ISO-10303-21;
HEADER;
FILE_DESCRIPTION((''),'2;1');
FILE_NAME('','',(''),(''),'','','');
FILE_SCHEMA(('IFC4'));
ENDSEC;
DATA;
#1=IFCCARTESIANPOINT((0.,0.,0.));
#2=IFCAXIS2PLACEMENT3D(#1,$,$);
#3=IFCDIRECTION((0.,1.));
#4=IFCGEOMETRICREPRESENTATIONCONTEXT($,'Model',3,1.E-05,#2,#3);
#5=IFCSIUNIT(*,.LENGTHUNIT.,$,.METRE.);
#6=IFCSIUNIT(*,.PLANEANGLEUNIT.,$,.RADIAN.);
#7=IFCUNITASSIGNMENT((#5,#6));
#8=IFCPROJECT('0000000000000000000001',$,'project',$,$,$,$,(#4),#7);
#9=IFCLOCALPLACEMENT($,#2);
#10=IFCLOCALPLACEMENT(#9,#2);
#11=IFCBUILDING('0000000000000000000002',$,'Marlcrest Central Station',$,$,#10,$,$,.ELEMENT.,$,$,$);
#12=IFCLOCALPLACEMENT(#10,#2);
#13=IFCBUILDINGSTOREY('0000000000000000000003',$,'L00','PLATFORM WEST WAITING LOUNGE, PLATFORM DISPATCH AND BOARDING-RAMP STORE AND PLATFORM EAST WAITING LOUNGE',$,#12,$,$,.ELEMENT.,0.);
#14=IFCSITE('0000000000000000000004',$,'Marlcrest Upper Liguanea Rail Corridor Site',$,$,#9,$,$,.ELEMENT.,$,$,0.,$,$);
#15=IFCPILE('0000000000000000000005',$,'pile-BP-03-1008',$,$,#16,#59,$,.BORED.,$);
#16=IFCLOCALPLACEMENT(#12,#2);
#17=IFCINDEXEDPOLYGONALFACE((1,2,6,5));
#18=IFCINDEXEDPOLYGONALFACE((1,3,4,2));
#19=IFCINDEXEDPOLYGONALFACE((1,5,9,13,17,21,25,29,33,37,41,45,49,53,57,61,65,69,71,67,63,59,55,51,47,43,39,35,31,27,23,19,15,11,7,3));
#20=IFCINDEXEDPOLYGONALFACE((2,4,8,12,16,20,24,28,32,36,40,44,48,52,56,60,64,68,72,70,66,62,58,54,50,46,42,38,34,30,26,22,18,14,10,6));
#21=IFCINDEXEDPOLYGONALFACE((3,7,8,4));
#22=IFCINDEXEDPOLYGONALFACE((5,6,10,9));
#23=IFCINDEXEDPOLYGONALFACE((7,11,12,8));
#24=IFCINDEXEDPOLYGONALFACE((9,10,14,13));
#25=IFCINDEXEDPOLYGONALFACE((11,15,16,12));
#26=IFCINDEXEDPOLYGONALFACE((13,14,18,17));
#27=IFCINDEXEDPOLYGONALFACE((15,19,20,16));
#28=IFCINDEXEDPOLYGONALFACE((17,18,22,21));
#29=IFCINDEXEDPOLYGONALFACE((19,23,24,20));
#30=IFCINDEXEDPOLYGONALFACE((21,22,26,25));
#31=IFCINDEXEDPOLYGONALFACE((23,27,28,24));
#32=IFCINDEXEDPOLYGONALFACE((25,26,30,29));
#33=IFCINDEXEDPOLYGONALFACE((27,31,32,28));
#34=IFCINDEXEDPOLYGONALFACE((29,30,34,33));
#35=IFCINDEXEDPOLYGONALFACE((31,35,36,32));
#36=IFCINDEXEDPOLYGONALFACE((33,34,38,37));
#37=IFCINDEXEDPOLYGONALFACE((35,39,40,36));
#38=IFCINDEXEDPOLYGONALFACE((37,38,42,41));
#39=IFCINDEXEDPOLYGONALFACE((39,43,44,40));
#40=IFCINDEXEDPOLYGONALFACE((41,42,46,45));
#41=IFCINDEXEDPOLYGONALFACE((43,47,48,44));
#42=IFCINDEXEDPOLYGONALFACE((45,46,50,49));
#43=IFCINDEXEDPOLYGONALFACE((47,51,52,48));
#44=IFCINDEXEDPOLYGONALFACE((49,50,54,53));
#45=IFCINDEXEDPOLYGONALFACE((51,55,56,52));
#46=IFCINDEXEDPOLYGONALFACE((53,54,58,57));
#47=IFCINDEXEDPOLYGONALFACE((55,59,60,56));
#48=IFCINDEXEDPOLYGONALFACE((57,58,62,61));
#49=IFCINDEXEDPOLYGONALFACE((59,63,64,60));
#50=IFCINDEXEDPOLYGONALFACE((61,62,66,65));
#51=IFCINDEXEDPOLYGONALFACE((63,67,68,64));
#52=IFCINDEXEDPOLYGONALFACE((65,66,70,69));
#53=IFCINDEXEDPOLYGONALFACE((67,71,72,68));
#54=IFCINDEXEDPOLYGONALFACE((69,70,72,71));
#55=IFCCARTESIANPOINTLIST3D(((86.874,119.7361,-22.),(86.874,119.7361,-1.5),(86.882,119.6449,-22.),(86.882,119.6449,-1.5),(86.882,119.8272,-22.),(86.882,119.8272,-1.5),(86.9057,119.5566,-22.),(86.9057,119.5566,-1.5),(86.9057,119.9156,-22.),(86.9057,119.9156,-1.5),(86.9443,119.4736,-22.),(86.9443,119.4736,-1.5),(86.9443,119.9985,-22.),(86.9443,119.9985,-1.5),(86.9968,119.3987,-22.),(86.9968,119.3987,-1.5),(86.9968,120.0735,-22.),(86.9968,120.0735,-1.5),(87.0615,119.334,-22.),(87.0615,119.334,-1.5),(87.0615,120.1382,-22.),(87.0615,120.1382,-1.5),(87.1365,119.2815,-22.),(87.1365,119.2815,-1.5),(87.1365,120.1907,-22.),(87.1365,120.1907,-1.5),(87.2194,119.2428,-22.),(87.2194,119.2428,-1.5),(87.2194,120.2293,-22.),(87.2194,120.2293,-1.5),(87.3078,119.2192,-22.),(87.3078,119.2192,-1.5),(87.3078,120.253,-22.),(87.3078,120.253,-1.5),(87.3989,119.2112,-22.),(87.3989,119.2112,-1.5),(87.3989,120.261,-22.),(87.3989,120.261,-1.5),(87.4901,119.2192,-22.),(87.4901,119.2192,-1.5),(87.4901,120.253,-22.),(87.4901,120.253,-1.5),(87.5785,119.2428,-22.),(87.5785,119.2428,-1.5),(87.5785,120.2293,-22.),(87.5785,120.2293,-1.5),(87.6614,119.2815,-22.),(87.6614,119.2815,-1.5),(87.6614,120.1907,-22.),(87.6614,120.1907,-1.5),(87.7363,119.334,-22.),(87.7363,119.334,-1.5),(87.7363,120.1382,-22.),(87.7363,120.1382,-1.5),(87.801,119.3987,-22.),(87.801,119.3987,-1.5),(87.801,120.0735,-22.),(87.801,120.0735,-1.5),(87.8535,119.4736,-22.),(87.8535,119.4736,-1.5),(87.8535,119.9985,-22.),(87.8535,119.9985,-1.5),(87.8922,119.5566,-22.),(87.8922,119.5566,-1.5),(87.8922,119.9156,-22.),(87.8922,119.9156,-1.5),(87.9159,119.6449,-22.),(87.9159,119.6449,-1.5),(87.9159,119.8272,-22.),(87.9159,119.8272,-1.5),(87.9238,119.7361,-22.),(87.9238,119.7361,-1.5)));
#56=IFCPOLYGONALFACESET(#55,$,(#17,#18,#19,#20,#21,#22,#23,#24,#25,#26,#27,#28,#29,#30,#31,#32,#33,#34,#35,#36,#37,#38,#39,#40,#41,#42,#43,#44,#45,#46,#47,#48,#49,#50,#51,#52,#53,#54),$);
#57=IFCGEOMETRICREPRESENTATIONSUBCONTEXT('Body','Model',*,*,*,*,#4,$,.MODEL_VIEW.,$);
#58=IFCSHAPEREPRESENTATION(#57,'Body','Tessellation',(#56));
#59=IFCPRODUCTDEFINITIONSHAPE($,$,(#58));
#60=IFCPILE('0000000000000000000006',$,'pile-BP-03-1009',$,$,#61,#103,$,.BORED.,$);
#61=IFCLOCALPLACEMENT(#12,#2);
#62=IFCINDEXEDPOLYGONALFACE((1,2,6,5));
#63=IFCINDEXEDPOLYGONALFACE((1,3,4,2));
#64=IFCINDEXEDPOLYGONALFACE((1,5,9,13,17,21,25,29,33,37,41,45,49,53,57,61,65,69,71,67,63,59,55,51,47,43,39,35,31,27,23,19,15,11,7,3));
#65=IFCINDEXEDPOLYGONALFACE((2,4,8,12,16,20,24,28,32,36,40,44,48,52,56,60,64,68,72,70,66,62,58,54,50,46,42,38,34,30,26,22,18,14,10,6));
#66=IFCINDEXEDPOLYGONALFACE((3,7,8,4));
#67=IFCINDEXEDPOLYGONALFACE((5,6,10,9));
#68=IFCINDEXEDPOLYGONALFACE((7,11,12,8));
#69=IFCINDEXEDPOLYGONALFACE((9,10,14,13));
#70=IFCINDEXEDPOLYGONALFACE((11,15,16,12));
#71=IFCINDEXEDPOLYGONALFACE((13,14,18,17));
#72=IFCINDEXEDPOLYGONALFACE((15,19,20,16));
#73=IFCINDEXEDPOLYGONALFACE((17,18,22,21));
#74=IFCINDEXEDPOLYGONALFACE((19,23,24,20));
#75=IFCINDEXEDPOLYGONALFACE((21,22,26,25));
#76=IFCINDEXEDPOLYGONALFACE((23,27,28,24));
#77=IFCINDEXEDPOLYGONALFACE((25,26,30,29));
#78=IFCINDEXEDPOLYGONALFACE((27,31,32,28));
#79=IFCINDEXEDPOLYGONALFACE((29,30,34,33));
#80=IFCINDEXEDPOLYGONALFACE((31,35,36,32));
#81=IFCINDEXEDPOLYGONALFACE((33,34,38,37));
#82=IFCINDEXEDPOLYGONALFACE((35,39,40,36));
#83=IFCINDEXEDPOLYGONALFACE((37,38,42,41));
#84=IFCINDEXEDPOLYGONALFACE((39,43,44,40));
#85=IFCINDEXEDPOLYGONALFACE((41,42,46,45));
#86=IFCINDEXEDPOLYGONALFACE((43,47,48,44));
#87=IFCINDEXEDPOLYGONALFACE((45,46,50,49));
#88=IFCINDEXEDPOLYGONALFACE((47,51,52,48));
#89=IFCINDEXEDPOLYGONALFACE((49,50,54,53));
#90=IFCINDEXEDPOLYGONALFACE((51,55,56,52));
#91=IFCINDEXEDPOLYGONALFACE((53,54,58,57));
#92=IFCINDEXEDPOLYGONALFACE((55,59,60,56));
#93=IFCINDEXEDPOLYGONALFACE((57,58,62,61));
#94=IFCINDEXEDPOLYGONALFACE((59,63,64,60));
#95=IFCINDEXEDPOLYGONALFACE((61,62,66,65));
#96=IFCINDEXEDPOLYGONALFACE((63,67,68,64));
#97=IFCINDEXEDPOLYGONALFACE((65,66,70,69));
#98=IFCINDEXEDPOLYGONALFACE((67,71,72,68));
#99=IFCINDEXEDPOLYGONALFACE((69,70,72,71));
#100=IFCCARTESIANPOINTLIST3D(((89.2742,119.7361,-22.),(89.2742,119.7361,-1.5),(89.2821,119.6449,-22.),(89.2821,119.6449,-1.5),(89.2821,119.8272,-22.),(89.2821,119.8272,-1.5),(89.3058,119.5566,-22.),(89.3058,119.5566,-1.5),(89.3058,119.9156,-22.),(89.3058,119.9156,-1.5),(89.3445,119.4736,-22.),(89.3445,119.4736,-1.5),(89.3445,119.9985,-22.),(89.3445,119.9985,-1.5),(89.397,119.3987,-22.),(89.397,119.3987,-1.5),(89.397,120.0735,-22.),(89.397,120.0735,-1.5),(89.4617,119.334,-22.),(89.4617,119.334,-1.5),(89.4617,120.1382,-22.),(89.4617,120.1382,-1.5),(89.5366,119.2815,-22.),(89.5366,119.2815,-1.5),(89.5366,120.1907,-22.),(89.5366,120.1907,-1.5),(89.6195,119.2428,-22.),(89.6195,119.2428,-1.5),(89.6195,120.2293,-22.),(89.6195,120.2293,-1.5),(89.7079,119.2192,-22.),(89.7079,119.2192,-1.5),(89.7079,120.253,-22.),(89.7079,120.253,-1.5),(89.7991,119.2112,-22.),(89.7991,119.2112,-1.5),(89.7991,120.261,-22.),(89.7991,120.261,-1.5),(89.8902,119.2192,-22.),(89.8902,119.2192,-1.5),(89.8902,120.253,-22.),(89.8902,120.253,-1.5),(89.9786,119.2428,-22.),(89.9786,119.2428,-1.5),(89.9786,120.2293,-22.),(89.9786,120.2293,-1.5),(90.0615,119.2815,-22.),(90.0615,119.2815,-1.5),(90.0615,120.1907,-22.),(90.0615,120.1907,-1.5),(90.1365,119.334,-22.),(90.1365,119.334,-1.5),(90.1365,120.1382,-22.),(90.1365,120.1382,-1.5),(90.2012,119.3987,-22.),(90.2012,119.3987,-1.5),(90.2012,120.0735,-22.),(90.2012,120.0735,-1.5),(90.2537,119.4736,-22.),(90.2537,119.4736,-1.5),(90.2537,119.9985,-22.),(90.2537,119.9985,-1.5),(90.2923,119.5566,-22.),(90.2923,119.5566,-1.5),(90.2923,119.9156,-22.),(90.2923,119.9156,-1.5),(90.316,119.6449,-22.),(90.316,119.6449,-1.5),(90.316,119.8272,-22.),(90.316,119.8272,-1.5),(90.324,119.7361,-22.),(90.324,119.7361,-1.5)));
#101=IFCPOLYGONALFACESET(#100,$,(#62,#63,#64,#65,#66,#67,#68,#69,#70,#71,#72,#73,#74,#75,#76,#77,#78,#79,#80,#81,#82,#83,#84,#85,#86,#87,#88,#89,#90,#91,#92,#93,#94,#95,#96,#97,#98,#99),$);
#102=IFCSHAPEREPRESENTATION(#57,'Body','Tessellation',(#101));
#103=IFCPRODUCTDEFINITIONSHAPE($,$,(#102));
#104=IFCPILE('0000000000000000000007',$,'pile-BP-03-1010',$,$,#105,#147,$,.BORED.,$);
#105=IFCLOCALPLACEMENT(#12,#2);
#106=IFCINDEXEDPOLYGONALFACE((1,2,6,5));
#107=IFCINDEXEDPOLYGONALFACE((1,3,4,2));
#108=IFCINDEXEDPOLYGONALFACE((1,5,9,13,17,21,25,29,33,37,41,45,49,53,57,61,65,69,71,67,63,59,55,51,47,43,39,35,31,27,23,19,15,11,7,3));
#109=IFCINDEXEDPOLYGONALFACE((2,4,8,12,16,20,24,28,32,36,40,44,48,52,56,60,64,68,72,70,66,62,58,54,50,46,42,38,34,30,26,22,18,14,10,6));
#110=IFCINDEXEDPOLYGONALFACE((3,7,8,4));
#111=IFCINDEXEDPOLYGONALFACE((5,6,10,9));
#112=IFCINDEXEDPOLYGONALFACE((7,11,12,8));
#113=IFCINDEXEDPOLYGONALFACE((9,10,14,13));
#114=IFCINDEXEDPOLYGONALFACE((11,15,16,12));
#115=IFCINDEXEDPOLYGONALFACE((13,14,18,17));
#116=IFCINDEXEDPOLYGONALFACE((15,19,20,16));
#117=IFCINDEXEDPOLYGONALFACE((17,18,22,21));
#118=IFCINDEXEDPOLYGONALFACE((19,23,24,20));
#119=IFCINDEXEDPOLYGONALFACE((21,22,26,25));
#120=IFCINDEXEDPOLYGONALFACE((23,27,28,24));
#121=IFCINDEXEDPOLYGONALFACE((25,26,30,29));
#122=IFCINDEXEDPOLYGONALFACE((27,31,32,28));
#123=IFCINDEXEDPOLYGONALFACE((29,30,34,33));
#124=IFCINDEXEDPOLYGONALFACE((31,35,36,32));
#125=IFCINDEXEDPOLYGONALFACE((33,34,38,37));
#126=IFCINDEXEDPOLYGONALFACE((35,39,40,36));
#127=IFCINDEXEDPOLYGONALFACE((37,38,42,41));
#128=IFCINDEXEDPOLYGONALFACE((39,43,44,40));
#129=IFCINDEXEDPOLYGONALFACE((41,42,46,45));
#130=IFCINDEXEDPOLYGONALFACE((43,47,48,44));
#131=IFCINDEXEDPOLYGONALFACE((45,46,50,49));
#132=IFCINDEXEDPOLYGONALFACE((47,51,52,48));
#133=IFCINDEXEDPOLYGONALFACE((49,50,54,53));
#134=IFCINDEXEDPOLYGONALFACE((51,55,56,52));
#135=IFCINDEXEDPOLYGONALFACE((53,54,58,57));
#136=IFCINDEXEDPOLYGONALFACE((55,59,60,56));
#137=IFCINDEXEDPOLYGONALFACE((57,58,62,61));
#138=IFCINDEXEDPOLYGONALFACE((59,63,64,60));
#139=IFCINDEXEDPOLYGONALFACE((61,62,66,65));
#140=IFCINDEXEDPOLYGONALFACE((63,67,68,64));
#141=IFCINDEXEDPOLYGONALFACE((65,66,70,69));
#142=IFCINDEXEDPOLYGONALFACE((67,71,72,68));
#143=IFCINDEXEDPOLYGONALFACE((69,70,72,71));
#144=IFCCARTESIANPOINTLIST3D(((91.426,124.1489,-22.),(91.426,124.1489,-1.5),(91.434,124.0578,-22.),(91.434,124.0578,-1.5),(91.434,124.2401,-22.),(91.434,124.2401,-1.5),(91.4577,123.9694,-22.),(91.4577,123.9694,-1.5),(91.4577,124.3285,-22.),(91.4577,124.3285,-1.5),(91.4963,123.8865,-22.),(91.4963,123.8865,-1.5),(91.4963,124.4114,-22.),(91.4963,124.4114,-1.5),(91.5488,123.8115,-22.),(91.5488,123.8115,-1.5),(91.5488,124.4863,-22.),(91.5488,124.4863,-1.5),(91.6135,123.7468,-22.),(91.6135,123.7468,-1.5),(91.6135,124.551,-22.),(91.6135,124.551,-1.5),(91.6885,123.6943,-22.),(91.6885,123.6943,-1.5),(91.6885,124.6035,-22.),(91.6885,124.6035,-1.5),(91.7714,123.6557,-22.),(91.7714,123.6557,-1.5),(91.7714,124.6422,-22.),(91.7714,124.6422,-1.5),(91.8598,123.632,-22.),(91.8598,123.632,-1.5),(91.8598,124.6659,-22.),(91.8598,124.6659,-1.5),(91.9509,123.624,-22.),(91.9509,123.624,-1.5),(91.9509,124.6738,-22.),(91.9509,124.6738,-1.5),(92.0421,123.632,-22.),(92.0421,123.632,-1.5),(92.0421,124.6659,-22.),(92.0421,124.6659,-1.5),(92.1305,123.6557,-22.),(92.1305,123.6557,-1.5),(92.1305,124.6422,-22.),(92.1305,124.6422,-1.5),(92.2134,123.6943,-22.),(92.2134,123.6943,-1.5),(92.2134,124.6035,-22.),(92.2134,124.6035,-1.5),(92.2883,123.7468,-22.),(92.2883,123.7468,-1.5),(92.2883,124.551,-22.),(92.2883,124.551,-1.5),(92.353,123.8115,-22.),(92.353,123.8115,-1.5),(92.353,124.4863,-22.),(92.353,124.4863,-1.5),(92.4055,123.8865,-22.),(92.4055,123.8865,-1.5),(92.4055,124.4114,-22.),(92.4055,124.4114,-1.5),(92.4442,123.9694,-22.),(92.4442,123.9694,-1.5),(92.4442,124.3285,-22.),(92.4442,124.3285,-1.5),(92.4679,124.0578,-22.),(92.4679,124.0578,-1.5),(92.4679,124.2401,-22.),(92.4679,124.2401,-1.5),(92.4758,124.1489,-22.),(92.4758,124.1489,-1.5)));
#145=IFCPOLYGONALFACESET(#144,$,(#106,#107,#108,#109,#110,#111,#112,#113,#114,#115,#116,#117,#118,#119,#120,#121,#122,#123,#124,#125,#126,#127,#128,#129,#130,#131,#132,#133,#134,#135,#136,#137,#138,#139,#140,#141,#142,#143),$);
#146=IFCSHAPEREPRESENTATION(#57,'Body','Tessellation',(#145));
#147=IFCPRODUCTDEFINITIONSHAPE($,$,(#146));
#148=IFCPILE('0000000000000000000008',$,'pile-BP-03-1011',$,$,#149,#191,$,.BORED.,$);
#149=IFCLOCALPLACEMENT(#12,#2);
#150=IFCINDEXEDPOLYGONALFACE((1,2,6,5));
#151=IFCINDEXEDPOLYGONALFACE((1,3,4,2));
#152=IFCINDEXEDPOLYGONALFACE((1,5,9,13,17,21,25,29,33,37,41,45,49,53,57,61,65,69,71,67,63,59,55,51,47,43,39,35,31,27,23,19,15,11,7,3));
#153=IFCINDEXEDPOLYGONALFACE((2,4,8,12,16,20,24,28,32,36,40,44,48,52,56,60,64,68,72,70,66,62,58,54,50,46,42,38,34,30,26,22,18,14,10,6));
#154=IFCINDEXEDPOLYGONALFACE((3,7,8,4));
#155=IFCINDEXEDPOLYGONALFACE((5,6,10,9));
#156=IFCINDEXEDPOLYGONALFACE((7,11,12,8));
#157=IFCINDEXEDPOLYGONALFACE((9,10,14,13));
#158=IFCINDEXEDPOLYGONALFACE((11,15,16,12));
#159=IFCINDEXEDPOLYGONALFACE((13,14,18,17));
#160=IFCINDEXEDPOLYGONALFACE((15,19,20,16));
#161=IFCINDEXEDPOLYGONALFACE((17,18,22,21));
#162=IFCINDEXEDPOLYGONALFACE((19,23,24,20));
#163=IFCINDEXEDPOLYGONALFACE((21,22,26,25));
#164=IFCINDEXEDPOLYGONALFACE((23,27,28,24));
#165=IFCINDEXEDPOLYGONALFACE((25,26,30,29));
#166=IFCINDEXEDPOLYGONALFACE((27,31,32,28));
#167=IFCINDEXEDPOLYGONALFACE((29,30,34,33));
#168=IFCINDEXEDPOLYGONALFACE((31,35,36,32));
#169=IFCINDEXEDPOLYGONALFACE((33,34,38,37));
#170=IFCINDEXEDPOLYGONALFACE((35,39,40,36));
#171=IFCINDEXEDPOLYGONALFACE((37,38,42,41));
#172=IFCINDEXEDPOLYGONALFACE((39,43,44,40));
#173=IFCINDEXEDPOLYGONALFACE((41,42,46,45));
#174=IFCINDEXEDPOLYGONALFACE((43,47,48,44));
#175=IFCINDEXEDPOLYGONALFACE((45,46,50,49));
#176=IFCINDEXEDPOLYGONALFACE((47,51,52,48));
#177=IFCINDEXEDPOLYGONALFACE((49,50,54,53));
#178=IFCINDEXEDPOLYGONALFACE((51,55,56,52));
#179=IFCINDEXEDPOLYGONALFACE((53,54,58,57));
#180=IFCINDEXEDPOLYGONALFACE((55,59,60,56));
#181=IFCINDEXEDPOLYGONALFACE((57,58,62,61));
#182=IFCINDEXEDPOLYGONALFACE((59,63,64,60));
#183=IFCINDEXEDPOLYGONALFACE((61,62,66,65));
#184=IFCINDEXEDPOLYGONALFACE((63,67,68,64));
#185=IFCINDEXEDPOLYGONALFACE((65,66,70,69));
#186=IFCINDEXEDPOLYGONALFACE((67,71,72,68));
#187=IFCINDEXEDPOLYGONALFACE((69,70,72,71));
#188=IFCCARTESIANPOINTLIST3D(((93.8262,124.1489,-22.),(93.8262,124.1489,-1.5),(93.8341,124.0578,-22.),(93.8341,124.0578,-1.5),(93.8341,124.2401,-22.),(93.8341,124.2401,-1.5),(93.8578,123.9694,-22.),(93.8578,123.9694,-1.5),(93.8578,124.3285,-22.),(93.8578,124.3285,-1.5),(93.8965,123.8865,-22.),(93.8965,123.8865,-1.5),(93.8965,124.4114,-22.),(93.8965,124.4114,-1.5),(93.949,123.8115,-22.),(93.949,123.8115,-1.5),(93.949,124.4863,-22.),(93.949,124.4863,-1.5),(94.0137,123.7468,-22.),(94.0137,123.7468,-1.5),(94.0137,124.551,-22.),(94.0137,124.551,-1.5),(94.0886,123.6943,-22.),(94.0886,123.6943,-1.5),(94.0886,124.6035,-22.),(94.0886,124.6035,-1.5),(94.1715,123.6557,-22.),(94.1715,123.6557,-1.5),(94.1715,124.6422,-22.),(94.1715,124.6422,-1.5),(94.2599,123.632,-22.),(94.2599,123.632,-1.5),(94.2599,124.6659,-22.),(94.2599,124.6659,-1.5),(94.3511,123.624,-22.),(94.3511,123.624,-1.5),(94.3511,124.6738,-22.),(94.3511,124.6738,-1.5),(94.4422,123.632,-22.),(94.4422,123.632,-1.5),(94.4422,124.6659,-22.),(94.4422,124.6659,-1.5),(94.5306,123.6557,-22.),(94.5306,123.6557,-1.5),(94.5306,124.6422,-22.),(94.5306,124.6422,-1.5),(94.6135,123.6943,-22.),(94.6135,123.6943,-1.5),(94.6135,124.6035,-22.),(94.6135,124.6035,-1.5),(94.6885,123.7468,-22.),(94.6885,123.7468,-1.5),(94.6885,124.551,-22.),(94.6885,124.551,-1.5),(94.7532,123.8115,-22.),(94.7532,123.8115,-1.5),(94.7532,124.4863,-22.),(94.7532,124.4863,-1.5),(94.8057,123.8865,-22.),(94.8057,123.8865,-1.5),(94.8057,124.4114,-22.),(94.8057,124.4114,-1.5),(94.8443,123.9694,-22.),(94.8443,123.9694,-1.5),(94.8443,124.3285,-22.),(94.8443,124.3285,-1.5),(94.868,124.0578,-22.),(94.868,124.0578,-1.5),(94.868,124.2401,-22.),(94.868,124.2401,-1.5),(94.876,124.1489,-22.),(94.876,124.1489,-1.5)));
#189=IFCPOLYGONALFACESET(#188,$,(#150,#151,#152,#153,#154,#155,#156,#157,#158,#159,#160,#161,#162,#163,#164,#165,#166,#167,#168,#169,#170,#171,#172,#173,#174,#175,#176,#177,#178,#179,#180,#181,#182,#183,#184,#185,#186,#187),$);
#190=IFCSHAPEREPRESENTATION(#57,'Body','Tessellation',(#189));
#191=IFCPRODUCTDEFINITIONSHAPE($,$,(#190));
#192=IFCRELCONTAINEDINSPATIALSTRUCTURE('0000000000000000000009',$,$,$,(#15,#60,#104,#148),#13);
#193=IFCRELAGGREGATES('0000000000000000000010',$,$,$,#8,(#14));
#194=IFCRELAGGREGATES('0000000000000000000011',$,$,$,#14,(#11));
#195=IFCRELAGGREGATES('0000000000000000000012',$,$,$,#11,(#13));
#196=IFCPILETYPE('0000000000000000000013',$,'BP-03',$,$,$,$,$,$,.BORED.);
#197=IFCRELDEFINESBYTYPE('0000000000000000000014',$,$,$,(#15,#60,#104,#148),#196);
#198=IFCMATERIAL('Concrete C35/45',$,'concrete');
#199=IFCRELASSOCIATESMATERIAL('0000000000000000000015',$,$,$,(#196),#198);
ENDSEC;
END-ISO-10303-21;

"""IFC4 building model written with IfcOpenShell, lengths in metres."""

from ifc_helpers import new_model, si_unit, direction, frame, origin, origin_2d, place, context, subcontext, project, spatial, circle, extrude, material, material_profile, profile_set, type_object, element, save


model = new_model("IFC4")

# Units and contexts
model_context = context("Model", 3, precision=1e-05, world=origin(), true_north=direction((0.0, 1.0)))
body_context = subcontext(model_context, "Body", "Model", "MODEL_VIEW")
ifc_project = project(units=[si_unit("LENGTHUNIT", "METRE"), si_unit("PLANEANGLEUNIT", "RADIAN")], contexts=[model_context])

# Site, building, storey
site_placement = place(None, origin())
site = spatial("IfcSite", under=ifc_project, at=site_placement, Name="Marlcrest Upper Liguanea Rail Corridor Site", CompositionType="ELEMENT", RefElevation=0.0)
building_placement = place(site_placement, origin())
building = spatial("IfcBuilding", under=site, at=building_placement, Name="Marlcrest Central Station", CompositionType="ELEMENT")
storey_placement = place(building_placement, origin())
storey = spatial("IfcBuildingStorey", under=building, at=storey_placement, Name="L00", Description="PLATFORM WEST WAITING LOUNGE, PLATFORM DISPATCH AND BOARDING-RAMP STORE AND PLATFORM EAST WAITING LOUNGE", CompositionType="ELEMENT", Elevation=0.0)

# Piles
ifc_material_1 = material(Name="Concrete C35/45", Category="concrete")
ifc_material_profile_1 = material_profile(ifc_material_1, circle(Radius=0.5249, at=origin_2d()), Name="PILE D1050")
ifc_profile_set_1 = profile_set([ifc_material_profile_1], Name="Concrete C35/45")
pile_type = type_object("IfcPileType", Name="BP-03", PredefinedType="BORED", material=ifc_profile_set_1)
for number, where, z_axis, x_axis, name in (
    (1, (87.3989, 119.7361, -1.5), (0.0, 0.0, -1.0), (1.0, 0.0, 0.0), "pile-BP-03-1008"),
    (2, (89.7991, 119.7361, -1.5), (0.0, 0.0, -1.0), (1.0, 0.0, 0.0), "pile-BP-03-1009"),
    (3, (91.9509, 124.1489, -1.5), (0.0, 0.0, -1.0), (1.0, 0.0, 0.0), "pile-BP-03-1010"),
    (4, (94.3511, 124.1489, -1.5), (0.0, 0.0, -1.0), (1.0, 0.0, 0.0), "pile-BP-03-1011"),
):
    element("IfcPile", number, at=place(storey_placement, frame(where, z_axis=z_axis, x_axis=x_axis)), inside=storey, type_object=pile_type, Name=name, PredefinedType="BORED", context=body_context, shape_type="SweptSolid", body=[
        extrude(circle(Radius=0.5249, at=origin_2d()), origin(), (0.0, 0.0, 1.0), 20.5),
    ])

save(model, "model.ifc")
